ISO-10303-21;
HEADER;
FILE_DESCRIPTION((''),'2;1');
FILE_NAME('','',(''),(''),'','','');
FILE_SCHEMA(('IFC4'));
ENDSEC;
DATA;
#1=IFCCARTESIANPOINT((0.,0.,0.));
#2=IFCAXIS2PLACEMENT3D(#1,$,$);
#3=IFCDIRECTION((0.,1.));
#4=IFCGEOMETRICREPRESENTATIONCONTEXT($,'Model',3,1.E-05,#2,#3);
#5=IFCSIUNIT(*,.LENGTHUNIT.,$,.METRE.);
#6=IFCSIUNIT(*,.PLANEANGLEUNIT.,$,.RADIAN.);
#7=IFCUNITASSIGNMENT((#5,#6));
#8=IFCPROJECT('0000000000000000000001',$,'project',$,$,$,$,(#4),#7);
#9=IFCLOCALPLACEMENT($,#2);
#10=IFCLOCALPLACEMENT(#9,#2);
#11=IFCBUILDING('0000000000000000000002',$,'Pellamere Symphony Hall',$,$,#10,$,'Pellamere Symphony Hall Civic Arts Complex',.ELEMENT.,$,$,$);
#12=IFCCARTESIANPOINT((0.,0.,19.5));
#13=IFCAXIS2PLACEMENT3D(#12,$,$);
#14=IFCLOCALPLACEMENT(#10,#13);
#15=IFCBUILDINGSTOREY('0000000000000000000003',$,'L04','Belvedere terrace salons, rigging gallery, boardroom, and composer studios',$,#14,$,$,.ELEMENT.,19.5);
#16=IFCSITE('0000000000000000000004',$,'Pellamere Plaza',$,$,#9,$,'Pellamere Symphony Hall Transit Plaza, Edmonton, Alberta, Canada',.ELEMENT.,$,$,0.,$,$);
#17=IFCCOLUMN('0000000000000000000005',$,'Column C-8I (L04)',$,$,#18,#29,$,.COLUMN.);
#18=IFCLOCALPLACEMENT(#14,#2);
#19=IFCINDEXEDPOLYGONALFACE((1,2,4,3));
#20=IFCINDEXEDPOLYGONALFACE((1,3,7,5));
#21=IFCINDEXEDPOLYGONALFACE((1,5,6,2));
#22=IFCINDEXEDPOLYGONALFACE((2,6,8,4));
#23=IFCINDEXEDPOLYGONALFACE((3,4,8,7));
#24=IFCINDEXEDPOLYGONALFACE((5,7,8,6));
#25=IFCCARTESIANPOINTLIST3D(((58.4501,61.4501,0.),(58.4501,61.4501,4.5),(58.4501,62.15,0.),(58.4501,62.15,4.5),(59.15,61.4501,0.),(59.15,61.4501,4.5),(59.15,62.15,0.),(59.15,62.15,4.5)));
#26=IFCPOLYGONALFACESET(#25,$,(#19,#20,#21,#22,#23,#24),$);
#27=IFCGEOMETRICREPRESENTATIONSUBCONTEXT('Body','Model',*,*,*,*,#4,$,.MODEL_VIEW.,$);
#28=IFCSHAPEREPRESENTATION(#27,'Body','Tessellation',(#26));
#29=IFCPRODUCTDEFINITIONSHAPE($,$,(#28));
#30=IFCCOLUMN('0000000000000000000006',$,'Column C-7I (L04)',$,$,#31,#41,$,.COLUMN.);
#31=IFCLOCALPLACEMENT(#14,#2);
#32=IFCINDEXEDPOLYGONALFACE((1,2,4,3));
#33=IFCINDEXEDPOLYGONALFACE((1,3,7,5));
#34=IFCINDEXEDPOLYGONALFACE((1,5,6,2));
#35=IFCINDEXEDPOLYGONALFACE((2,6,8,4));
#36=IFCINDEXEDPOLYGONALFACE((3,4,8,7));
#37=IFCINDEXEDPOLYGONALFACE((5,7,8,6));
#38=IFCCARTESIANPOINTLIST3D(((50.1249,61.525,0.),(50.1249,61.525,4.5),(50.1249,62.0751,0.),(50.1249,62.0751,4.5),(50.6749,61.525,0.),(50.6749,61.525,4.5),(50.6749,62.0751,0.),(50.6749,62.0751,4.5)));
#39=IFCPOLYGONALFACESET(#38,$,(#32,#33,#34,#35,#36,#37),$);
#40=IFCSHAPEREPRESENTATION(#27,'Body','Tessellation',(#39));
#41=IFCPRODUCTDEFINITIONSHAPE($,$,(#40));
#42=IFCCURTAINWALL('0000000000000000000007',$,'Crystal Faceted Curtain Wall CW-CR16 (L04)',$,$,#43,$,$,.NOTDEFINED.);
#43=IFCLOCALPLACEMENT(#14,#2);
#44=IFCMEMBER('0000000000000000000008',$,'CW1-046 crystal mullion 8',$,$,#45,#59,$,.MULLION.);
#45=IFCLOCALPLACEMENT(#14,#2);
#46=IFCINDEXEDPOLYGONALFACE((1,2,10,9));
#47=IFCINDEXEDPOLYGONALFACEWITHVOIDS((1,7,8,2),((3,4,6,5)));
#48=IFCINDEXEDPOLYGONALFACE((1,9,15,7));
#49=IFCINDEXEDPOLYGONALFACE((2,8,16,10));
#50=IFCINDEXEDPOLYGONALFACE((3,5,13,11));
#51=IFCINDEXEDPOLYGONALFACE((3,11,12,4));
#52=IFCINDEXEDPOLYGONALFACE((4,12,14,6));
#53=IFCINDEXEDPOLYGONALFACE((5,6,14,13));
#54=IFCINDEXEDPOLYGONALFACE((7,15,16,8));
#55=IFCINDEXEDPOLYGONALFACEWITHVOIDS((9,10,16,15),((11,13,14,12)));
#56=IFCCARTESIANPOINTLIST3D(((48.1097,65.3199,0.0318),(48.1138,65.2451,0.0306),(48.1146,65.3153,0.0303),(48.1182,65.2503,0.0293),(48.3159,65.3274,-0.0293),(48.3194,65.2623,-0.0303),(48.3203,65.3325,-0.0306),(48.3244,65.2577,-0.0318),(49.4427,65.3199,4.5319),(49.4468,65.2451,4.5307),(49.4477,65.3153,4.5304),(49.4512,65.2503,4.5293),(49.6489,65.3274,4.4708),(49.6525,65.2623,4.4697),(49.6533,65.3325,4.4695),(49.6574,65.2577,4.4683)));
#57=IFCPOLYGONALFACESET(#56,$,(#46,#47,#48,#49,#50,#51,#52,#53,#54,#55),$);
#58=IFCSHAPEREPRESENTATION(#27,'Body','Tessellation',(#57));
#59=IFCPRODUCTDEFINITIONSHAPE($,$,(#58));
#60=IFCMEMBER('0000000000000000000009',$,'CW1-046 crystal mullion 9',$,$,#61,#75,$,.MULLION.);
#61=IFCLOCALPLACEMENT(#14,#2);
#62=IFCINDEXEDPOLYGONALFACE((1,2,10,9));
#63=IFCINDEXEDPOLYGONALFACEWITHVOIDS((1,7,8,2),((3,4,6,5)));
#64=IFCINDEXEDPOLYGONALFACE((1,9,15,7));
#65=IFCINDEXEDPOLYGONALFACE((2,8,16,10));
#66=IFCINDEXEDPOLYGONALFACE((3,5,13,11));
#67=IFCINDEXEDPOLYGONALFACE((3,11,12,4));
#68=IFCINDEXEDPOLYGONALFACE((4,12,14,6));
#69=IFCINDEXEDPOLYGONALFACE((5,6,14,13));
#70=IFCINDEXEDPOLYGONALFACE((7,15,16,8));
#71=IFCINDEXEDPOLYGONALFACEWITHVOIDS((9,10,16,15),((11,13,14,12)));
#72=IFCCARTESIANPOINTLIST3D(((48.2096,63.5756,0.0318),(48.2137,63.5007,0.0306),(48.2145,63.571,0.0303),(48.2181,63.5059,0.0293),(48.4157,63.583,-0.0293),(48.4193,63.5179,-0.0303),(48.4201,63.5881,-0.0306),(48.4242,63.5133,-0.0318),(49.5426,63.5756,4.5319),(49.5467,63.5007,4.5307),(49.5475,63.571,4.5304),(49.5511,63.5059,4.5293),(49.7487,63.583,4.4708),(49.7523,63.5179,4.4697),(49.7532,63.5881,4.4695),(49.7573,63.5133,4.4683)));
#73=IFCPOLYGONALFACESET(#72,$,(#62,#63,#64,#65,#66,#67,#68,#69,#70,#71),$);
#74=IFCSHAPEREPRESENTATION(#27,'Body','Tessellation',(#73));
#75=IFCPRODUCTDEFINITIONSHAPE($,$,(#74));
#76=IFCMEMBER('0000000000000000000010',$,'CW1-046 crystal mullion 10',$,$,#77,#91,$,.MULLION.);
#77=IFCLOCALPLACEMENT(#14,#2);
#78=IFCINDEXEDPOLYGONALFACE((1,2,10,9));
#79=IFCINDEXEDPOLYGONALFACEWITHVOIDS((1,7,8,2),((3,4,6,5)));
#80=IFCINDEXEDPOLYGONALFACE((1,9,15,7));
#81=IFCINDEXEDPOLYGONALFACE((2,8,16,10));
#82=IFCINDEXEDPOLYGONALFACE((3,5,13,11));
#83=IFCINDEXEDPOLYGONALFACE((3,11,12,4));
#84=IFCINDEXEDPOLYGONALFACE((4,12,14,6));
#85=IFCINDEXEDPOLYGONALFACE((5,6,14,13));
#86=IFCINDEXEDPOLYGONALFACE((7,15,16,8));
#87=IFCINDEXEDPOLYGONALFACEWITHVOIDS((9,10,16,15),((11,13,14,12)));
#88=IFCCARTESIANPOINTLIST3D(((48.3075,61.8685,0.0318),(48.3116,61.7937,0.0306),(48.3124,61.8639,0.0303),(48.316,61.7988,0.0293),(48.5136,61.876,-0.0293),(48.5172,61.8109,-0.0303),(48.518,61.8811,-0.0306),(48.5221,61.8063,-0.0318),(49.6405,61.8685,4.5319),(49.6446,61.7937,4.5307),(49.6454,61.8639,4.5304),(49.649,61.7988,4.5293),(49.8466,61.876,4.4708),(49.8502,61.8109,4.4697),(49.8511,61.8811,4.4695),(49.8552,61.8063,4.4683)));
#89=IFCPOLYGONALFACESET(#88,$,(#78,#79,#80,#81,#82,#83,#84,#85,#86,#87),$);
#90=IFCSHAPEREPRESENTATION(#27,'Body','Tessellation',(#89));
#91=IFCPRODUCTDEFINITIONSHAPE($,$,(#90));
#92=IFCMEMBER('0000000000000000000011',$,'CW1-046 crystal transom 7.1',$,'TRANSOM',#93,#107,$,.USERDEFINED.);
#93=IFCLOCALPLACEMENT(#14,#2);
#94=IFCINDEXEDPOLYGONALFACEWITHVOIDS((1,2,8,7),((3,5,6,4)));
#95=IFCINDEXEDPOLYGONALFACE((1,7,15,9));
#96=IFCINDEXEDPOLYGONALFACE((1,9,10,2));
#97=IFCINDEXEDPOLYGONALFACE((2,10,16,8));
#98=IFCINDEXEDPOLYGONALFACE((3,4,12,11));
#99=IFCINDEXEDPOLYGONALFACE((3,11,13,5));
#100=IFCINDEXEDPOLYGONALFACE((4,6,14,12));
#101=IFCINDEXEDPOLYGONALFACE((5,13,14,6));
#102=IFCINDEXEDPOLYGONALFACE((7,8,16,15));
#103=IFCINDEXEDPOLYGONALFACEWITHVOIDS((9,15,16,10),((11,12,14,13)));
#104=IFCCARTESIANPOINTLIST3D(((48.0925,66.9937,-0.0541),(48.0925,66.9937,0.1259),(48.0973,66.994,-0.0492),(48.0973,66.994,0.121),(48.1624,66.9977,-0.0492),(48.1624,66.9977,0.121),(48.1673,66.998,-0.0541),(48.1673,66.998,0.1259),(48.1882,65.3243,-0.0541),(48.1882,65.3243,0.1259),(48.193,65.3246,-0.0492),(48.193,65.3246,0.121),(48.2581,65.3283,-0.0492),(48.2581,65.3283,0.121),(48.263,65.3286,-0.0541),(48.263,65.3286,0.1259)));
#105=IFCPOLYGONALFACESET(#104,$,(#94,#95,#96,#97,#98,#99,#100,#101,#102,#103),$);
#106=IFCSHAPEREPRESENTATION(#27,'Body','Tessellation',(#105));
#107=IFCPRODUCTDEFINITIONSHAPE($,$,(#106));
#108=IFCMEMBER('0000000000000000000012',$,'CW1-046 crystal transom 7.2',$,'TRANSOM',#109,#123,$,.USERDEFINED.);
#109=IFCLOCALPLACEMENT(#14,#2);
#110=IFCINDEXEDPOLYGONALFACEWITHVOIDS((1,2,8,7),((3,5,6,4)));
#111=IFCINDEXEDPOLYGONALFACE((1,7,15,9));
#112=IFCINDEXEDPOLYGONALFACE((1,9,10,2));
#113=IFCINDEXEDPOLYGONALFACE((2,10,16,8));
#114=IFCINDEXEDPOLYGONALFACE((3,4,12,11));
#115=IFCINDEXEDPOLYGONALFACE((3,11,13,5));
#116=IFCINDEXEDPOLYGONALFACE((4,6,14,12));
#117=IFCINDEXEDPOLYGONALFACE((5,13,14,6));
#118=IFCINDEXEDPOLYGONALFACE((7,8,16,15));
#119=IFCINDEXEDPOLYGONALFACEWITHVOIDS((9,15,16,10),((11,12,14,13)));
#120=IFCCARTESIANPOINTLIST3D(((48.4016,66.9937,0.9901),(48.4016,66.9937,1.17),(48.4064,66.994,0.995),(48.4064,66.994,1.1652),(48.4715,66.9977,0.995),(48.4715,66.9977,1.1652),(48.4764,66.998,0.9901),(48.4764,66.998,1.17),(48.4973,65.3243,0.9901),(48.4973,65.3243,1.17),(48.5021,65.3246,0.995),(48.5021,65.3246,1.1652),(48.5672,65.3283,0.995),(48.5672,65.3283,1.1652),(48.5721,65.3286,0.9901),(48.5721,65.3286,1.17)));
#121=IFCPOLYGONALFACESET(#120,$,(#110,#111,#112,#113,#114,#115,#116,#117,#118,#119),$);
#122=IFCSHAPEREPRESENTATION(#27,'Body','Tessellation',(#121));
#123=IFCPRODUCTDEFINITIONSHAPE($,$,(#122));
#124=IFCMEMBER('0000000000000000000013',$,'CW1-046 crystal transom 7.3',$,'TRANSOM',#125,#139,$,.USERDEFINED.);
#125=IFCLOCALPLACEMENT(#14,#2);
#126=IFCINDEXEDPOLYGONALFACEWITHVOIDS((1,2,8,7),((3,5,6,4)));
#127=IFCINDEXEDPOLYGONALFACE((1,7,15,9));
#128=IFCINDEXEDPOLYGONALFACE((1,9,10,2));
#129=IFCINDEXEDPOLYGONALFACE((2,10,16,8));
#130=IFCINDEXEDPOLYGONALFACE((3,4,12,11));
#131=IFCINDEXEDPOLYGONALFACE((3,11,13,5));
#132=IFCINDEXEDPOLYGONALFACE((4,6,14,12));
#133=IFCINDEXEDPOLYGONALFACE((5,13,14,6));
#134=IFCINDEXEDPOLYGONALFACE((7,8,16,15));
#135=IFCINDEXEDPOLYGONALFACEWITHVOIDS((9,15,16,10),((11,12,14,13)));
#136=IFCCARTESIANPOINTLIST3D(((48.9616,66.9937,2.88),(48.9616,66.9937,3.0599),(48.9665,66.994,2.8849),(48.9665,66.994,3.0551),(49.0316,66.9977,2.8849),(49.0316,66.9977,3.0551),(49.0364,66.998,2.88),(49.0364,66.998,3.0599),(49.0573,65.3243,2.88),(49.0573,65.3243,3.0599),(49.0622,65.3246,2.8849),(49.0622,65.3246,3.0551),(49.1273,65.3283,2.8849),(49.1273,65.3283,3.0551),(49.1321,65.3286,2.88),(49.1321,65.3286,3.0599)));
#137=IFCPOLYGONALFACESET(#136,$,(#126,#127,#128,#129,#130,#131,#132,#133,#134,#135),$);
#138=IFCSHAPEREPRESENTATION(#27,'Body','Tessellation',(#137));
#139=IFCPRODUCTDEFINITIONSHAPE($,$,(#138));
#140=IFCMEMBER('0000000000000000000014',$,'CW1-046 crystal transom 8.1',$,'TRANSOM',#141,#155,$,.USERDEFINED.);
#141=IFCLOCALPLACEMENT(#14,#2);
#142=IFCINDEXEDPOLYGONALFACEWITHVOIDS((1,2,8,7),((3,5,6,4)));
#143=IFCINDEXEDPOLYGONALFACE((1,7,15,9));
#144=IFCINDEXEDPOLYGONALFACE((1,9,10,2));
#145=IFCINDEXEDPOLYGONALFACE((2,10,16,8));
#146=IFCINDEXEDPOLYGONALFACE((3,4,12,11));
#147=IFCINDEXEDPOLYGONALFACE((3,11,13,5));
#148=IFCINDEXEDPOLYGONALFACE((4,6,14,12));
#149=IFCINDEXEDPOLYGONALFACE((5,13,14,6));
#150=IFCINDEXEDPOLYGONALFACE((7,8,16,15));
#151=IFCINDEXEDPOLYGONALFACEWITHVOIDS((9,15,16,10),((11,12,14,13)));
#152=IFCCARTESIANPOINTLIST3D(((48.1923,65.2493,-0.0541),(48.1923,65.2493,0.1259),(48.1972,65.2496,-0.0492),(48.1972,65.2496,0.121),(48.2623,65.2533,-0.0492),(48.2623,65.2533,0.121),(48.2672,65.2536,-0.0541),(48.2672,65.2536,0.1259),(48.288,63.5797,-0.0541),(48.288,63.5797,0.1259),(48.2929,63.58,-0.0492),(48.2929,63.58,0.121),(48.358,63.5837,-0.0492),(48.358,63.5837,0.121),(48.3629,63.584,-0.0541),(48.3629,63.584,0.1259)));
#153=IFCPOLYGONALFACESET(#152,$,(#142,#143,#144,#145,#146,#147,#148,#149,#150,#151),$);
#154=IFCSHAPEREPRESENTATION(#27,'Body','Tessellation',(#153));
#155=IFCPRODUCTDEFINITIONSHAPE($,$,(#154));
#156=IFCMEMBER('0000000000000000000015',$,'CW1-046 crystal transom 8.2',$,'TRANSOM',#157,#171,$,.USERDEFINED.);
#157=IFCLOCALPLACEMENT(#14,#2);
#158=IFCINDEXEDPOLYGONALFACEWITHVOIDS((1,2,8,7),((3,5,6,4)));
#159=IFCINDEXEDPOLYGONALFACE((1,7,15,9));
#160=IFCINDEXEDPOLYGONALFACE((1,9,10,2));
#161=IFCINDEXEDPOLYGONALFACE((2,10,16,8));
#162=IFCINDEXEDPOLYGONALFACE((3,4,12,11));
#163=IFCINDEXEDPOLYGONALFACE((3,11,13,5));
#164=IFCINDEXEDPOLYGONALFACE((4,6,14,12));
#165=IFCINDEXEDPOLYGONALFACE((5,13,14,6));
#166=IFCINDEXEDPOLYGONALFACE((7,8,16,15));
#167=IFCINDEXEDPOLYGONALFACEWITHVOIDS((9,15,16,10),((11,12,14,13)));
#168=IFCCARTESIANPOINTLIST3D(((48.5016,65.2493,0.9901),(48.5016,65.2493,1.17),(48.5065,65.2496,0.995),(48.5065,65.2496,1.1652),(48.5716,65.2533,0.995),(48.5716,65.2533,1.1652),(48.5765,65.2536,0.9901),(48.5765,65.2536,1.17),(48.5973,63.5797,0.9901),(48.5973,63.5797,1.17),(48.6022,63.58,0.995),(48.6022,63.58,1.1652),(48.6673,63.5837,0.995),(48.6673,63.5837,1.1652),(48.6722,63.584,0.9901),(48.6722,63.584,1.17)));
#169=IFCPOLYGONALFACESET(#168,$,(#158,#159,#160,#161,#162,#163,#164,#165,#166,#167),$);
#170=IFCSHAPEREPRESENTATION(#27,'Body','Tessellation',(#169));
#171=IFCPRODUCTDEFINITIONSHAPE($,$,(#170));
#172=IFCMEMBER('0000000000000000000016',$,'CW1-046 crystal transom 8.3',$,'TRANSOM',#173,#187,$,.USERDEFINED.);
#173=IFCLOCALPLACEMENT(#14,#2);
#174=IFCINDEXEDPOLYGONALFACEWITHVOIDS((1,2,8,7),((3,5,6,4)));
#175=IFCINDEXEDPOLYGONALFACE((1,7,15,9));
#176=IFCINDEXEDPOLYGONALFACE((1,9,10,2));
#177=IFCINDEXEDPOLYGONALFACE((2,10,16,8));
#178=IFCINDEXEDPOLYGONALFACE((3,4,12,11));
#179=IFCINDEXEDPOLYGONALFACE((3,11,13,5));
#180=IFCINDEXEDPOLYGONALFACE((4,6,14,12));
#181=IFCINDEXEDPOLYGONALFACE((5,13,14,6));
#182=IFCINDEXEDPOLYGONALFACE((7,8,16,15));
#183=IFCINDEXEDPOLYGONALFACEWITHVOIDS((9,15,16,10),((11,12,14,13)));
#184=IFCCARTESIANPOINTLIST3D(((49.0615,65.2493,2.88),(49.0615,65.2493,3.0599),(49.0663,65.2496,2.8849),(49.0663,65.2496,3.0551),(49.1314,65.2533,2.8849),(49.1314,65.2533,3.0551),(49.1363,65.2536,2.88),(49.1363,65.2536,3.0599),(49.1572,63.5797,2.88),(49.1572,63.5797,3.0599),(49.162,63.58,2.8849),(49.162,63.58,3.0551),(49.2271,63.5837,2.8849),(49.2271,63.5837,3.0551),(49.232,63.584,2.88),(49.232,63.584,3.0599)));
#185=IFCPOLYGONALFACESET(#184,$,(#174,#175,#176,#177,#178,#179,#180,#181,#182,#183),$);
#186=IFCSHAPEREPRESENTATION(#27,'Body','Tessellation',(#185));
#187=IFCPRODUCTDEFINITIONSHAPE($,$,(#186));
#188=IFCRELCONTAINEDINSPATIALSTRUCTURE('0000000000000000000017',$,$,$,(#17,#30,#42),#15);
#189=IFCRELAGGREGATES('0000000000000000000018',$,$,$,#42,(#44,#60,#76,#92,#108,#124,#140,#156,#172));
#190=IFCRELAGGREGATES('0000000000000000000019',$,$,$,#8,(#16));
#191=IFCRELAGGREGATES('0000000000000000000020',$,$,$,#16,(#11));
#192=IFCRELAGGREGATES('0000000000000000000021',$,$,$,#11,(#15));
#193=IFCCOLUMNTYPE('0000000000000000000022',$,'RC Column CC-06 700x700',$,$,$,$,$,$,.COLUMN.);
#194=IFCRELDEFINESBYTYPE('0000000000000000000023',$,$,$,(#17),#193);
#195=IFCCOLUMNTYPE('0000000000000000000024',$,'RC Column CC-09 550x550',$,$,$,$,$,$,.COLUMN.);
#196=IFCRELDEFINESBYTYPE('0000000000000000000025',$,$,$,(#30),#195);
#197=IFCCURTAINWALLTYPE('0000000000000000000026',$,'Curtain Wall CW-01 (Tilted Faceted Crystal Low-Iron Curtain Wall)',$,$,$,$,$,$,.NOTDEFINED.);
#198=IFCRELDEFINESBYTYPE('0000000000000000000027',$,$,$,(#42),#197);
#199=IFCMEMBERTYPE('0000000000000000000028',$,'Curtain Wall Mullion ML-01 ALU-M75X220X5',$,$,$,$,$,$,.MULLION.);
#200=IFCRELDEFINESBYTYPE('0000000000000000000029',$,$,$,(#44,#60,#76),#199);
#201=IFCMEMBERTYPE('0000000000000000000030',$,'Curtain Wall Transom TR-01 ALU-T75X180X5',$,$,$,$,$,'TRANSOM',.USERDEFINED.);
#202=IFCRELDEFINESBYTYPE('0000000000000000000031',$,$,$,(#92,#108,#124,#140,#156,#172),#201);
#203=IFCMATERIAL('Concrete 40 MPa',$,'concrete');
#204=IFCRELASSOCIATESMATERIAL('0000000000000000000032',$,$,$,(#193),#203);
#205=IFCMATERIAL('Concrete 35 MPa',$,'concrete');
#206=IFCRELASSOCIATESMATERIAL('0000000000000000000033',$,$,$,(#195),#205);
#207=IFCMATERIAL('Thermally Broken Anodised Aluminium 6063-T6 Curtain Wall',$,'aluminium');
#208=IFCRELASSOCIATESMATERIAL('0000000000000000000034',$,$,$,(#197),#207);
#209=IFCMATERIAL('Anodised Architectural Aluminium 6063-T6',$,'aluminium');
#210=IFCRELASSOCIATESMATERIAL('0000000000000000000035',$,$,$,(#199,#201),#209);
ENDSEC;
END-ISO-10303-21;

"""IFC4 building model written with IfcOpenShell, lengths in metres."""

from ifc_helpers import new_model, si_unit, direction, frame, origin, origin_2d, place, context, subcontext, project, spatial, rectangle, hollow_rectangle, extrude, material, material_profile, profile_set, type_object, element, aggregate, save


model = new_model("IFC4")

# Units and contexts
model_context = context("Model", 3, precision=1e-05, world=origin(), true_north=direction((0.0, 1.0)))
body_context = subcontext(model_context, "Body", "Model", "MODEL_VIEW")
ifc_project = project(units=[si_unit("LENGTHUNIT", "METRE"), si_unit("PLANEANGLEUNIT", "RADIAN")], contexts=[model_context])

# Site, building, storey
site_placement = place(None, origin())
site = spatial("IfcSite", under=ifc_project, at=site_placement, Name="Pellamere Plaza", LongName="Pellamere Symphony Hall Transit Plaza, Edmonton, Alberta, Canada", CompositionType="ELEMENT", RefElevation=0.0)
building_placement = place(site_placement, origin())
building = spatial("IfcBuilding", under=site, at=building_placement, Name="Pellamere Symphony Hall", LongName="Pellamere Symphony Hall Civic Arts Complex", CompositionType="ELEMENT")
storey_placement = place(building_placement, frame((0.0, 0.0, 19.5)))
storey = spatial("IfcBuildingStorey", under=building, at=storey_placement, Name="L04", Description="Belvedere terrace salons, rigging gallery, boardroom, and composer studios", CompositionType="ELEMENT", Elevation=19.5)

# Columns
ifc_material_1 = material(Name="Concrete 40 MPa", Category="concrete")
ifc_material_profile_1 = material_profile(ifc_material_1, rectangle(XDim=0.7, YDim=0.7, at=origin_2d()), Name="RC 700x700")
ifc_profile_set_1 = profile_set([ifc_material_profile_1], Name="Concrete 40 MPa")
column_type_1 = type_object("IfcColumnType", Name="RC Column CC-06 700x700", PredefinedType="COLUMN", material=ifc_profile_set_1)
column_1_placement = place(storey_placement, frame((58.8, 61.8, 0.0), z_axis=(0.0, 0.0, 1.0), x_axis=(1.0, 0.0, 0.0)))
element("IfcColumn", 1, at=column_1_placement, inside=storey, type_object=column_type_1, Name="Column C-8I (L04)", PredefinedType="COLUMN", context=body_context, shape_type="SweptSolid", body=[
    extrude(rectangle(XDim=0.7, YDim=0.7, at=origin_2d()), origin(), (0.0, 0.0, 1.0), 4.5),
])
ifc_material_2 = material(Name="Concrete 35 MPa", Category="concrete")
ifc_material_profile_2 = material_profile(ifc_material_2, rectangle(XDim=0.55, YDim=0.55, at=origin_2d()), Name="RC 550x550")
ifc_profile_set_2 = profile_set([ifc_material_profile_2], Name="Concrete 35 MPa")
column_type_2 = type_object("IfcColumnType", Name="RC Column CC-09 550x550", PredefinedType="COLUMN", material=ifc_profile_set_2)
column_2_placement = place(storey_placement, frame((50.3999, 61.8, 0.0), z_axis=(0.0, 0.0, 1.0), x_axis=(1.0, 0.0, 0.0)))
element("IfcColumn", 2, at=column_2_placement, inside=storey, type_object=column_type_2, Name="Column C-7I (L04)", PredefinedType="COLUMN", context=body_context, shape_type="SweptSolid", body=[
    extrude(rectangle(XDim=0.55, YDim=0.55, at=origin_2d()), origin(), (0.0, 0.0, 1.0), 4.5),
])

# Curtain wall, members
ifc_material_3 = material(Name="Thermally Broken Anodised Aluminium 6063-T6 Curtain Wall", Category="aluminium")
curtain_wall_type = type_object("IfcCurtainWallType", Name="Curtain Wall CW-01 (Tilted Faceted Crystal Low-Iron Curtain Wall)", PredefinedType="NOTDEFINED", material=ifc_material_3)
curtain_wall_placement = place(storey_placement, origin())
curtain_wall = element("IfcCurtainWall", 3, at=curtain_wall_placement, inside=storey, type_object=curtain_wall_type, Name="Crystal Faceted Curtain Wall CW-CR16 (L04)", PredefinedType="NOTDEFINED")
ifc_material_4 = material(Name="Anodised Architectural Aluminium 6063-T6", Category="aluminium")
ifc_material_profile_3 = material_profile(ifc_material_4, hollow_rectangle(XDim=0.075, YDim=0.22, WallThickness=0.0049, at=origin_2d()), Name="ALU-M75X220X5")
ifc_profile_set_3 = profile_set([ifc_material_profile_3], Name="Anodised Architectural Aluminium 6063-T6")
member_type_1 = type_object("IfcMemberType", Name="Curtain Wall Mullion ML-01 ALU-M75X220X5", PredefinedType="MULLION", material=ifc_profile_set_3)
member_1_placement = place(storey_placement, frame((48.217, 65.2888, 0.0), z_axis=(0.284025, 0.0, 0.958817), x_axis=(-0.054874, 0.998361, 0.016255)))
member_1 = element("IfcMember", 4, at=member_1_placement, type_object=member_type_1, Name="CW1-046 crystal mullion 8", PredefinedType="MULLION", context=body_context, shape_type="SweptSolid", body=[
    extrude(hollow_rectangle(XDim=0.075, YDim=0.22, WallThickness=0.0049, at=origin_2d()), origin(), (0.0, 0.0, 1.0), 4.6934),
])
member_2_placement = place(storey_placement, frame((48.3169, 63.5444, 0.0), z_axis=(0.284025, 0.0, 0.958817), x_axis=(-0.054874, 0.998361, 0.016255)))
member_2 = element("IfcMember", 5, at=member_2_placement, type_object=member_type_1, Name="CW1-046 crystal mullion 9", PredefinedType="MULLION", context=body_context, shape_type="SweptSolid", body=[
    extrude(hollow_rectangle(XDim=0.075, YDim=0.22, WallThickness=0.0049, at=origin_2d()), origin(), (0.0, 0.0, 1.0), 4.6934),
])
member_3_placement = place(storey_placement, frame((48.4148, 61.8374, 0.0), z_axis=(0.284025, 0.0, 0.958817), x_axis=(-0.054874, 0.998361, 0.016255)))
member_3 = element("IfcMember", 6, at=member_3_placement, type_object=member_type_1, Name="CW1-046 crystal mullion 10", PredefinedType="MULLION", context=body_context, shape_type="SweptSolid", body=[
    extrude(hollow_rectangle(XDim=0.075, YDim=0.22, WallThickness=0.0049, at=origin_2d()), origin(), (0.0, 0.0, 1.0), 4.6934),
])
ifc_material_profile_4 = material_profile(ifc_material_4, hollow_rectangle(XDim=0.075, YDim=0.1799, WallThickness=0.0049, at=origin_2d()), Name="ALU-T75X180X5")
ifc_profile_set_4 = profile_set([ifc_material_profile_4], Name="Anodised Architectural Aluminium 6063-T6")
member_type_2 = type_object("IfcMemberType", Name="Curtain Wall Transom TR-01 ALU-T75X180X5", ElementType="TRANSOM", PredefinedType="USERDEFINED", material=ifc_profile_set_4)
member_4_placement = place(storey_placement, frame((48.1299, 66.9958, 0.0359), z_axis=(0.057233, -0.998361, 0.0), x_axis=(0.998361, 0.057233, 0.0)))
member_4 = element("IfcMember", 7, at=member_4_placement, type_object=member_type_2, Name="CW1-046 crystal transom 7.1", ObjectType="TRANSOM", PredefinedType="USERDEFINED", context=body_context, shape_type="SweptSolid", body=[
    extrude(hollow_rectangle(XDim=0.075, YDim=0.1799, WallThickness=0.0049, at=origin_2d()), origin(), (0.0, 0.0, 1.0), 1.6721),
])
member_5_placement = place(storey_placement, frame((48.439, 66.9958, 1.0801), z_axis=(0.057233, -0.998361, 0.0), x_axis=(0.998361, 0.057233, 0.0)))
member_5 = element("IfcMember", 8, at=member_5_placement, type_object=member_type_2, Name="CW1-046 crystal transom 7.2", ObjectType="TRANSOM", PredefinedType="USERDEFINED", context=body_context, shape_type="SweptSolid", body=[
    extrude(hollow_rectangle(XDim=0.075, YDim=0.1799, WallThickness=0.0049, at=origin_2d()), origin(), (0.0, 0.0, 1.0), 1.6721),
])
member_6_placement = place(storey_placement, frame((48.999, 66.9958, 2.97), z_axis=(0.057233, -0.998361, 0.0), x_axis=(0.998361, 0.057233, 0.0)))
member_6 = element("IfcMember", 9, at=member_6_placement, type_object=member_type_2, Name="CW1-046 crystal transom 7.3", ObjectType="TRANSOM", PredefinedType="USERDEFINED", context=body_context, shape_type="SweptSolid", body=[
    extrude(hollow_rectangle(XDim=0.075, YDim=0.1799, WallThickness=0.0049, at=origin_2d()), origin(), (0.0, 0.0, 1.0), 1.6721),
])
member_7_placement = place(storey_placement, frame((48.2297, 65.2515, 0.0359), z_axis=(0.057224, -0.998361, 0.0), x_axis=(0.998361, 0.057224, 0.0)))
member_7 = element("IfcMember", 10, at=member_7_placement, type_object=member_type_2, Name="CW1-046 crystal transom 8.1", ObjectType="TRANSOM", PredefinedType="USERDEFINED", context=body_context, shape_type="SweptSolid", body=[
    extrude(hollow_rectangle(XDim=0.075, YDim=0.1799, WallThickness=0.0049, at=origin_2d()), origin(), (0.0, 0.0, 1.0), 1.6724),
])
member_8_placement = place(storey_placement, frame((48.5391, 65.2515, 1.0801), z_axis=(0.057224, -0.998361, 0.0), x_axis=(0.998361, 0.057224, 0.0)))
member_8 = element("IfcMember", 11, at=member_8_placement, type_object=member_type_2, Name="CW1-046 crystal transom 8.2", ObjectType="TRANSOM", PredefinedType="USERDEFINED", context=body_context, shape_type="SweptSolid", body=[
    extrude(hollow_rectangle(XDim=0.075, YDim=0.1799, WallThickness=0.0049, at=origin_2d()), origin(), (0.0, 0.0, 1.0), 1.6724),
])
member_9_placement = place(storey_placement, frame((49.0989, 65.2515, 2.97), z_axis=(0.057224, -0.998361, 0.0), x_axis=(0.998361, 0.057224, 0.0)))
member_9 = element("IfcMember", 12, at=member_9_placement, type_object=member_type_2, Name="CW1-046 crystal transom 8.3", ObjectType="TRANSOM", PredefinedType="USERDEFINED", context=body_context, shape_type="SweptSolid", body=[
    extrude(hollow_rectangle(XDim=0.075, YDim=0.1799, WallThickness=0.0049, at=origin_2d()), origin(), (0.0, 0.0, 1.0), 1.6724),
])

aggregate(curtain_wall, [member_1, member_2, member_3, member_4, member_5, member_6, member_7, member_8, member_9])

save(model, "model.ifc")
